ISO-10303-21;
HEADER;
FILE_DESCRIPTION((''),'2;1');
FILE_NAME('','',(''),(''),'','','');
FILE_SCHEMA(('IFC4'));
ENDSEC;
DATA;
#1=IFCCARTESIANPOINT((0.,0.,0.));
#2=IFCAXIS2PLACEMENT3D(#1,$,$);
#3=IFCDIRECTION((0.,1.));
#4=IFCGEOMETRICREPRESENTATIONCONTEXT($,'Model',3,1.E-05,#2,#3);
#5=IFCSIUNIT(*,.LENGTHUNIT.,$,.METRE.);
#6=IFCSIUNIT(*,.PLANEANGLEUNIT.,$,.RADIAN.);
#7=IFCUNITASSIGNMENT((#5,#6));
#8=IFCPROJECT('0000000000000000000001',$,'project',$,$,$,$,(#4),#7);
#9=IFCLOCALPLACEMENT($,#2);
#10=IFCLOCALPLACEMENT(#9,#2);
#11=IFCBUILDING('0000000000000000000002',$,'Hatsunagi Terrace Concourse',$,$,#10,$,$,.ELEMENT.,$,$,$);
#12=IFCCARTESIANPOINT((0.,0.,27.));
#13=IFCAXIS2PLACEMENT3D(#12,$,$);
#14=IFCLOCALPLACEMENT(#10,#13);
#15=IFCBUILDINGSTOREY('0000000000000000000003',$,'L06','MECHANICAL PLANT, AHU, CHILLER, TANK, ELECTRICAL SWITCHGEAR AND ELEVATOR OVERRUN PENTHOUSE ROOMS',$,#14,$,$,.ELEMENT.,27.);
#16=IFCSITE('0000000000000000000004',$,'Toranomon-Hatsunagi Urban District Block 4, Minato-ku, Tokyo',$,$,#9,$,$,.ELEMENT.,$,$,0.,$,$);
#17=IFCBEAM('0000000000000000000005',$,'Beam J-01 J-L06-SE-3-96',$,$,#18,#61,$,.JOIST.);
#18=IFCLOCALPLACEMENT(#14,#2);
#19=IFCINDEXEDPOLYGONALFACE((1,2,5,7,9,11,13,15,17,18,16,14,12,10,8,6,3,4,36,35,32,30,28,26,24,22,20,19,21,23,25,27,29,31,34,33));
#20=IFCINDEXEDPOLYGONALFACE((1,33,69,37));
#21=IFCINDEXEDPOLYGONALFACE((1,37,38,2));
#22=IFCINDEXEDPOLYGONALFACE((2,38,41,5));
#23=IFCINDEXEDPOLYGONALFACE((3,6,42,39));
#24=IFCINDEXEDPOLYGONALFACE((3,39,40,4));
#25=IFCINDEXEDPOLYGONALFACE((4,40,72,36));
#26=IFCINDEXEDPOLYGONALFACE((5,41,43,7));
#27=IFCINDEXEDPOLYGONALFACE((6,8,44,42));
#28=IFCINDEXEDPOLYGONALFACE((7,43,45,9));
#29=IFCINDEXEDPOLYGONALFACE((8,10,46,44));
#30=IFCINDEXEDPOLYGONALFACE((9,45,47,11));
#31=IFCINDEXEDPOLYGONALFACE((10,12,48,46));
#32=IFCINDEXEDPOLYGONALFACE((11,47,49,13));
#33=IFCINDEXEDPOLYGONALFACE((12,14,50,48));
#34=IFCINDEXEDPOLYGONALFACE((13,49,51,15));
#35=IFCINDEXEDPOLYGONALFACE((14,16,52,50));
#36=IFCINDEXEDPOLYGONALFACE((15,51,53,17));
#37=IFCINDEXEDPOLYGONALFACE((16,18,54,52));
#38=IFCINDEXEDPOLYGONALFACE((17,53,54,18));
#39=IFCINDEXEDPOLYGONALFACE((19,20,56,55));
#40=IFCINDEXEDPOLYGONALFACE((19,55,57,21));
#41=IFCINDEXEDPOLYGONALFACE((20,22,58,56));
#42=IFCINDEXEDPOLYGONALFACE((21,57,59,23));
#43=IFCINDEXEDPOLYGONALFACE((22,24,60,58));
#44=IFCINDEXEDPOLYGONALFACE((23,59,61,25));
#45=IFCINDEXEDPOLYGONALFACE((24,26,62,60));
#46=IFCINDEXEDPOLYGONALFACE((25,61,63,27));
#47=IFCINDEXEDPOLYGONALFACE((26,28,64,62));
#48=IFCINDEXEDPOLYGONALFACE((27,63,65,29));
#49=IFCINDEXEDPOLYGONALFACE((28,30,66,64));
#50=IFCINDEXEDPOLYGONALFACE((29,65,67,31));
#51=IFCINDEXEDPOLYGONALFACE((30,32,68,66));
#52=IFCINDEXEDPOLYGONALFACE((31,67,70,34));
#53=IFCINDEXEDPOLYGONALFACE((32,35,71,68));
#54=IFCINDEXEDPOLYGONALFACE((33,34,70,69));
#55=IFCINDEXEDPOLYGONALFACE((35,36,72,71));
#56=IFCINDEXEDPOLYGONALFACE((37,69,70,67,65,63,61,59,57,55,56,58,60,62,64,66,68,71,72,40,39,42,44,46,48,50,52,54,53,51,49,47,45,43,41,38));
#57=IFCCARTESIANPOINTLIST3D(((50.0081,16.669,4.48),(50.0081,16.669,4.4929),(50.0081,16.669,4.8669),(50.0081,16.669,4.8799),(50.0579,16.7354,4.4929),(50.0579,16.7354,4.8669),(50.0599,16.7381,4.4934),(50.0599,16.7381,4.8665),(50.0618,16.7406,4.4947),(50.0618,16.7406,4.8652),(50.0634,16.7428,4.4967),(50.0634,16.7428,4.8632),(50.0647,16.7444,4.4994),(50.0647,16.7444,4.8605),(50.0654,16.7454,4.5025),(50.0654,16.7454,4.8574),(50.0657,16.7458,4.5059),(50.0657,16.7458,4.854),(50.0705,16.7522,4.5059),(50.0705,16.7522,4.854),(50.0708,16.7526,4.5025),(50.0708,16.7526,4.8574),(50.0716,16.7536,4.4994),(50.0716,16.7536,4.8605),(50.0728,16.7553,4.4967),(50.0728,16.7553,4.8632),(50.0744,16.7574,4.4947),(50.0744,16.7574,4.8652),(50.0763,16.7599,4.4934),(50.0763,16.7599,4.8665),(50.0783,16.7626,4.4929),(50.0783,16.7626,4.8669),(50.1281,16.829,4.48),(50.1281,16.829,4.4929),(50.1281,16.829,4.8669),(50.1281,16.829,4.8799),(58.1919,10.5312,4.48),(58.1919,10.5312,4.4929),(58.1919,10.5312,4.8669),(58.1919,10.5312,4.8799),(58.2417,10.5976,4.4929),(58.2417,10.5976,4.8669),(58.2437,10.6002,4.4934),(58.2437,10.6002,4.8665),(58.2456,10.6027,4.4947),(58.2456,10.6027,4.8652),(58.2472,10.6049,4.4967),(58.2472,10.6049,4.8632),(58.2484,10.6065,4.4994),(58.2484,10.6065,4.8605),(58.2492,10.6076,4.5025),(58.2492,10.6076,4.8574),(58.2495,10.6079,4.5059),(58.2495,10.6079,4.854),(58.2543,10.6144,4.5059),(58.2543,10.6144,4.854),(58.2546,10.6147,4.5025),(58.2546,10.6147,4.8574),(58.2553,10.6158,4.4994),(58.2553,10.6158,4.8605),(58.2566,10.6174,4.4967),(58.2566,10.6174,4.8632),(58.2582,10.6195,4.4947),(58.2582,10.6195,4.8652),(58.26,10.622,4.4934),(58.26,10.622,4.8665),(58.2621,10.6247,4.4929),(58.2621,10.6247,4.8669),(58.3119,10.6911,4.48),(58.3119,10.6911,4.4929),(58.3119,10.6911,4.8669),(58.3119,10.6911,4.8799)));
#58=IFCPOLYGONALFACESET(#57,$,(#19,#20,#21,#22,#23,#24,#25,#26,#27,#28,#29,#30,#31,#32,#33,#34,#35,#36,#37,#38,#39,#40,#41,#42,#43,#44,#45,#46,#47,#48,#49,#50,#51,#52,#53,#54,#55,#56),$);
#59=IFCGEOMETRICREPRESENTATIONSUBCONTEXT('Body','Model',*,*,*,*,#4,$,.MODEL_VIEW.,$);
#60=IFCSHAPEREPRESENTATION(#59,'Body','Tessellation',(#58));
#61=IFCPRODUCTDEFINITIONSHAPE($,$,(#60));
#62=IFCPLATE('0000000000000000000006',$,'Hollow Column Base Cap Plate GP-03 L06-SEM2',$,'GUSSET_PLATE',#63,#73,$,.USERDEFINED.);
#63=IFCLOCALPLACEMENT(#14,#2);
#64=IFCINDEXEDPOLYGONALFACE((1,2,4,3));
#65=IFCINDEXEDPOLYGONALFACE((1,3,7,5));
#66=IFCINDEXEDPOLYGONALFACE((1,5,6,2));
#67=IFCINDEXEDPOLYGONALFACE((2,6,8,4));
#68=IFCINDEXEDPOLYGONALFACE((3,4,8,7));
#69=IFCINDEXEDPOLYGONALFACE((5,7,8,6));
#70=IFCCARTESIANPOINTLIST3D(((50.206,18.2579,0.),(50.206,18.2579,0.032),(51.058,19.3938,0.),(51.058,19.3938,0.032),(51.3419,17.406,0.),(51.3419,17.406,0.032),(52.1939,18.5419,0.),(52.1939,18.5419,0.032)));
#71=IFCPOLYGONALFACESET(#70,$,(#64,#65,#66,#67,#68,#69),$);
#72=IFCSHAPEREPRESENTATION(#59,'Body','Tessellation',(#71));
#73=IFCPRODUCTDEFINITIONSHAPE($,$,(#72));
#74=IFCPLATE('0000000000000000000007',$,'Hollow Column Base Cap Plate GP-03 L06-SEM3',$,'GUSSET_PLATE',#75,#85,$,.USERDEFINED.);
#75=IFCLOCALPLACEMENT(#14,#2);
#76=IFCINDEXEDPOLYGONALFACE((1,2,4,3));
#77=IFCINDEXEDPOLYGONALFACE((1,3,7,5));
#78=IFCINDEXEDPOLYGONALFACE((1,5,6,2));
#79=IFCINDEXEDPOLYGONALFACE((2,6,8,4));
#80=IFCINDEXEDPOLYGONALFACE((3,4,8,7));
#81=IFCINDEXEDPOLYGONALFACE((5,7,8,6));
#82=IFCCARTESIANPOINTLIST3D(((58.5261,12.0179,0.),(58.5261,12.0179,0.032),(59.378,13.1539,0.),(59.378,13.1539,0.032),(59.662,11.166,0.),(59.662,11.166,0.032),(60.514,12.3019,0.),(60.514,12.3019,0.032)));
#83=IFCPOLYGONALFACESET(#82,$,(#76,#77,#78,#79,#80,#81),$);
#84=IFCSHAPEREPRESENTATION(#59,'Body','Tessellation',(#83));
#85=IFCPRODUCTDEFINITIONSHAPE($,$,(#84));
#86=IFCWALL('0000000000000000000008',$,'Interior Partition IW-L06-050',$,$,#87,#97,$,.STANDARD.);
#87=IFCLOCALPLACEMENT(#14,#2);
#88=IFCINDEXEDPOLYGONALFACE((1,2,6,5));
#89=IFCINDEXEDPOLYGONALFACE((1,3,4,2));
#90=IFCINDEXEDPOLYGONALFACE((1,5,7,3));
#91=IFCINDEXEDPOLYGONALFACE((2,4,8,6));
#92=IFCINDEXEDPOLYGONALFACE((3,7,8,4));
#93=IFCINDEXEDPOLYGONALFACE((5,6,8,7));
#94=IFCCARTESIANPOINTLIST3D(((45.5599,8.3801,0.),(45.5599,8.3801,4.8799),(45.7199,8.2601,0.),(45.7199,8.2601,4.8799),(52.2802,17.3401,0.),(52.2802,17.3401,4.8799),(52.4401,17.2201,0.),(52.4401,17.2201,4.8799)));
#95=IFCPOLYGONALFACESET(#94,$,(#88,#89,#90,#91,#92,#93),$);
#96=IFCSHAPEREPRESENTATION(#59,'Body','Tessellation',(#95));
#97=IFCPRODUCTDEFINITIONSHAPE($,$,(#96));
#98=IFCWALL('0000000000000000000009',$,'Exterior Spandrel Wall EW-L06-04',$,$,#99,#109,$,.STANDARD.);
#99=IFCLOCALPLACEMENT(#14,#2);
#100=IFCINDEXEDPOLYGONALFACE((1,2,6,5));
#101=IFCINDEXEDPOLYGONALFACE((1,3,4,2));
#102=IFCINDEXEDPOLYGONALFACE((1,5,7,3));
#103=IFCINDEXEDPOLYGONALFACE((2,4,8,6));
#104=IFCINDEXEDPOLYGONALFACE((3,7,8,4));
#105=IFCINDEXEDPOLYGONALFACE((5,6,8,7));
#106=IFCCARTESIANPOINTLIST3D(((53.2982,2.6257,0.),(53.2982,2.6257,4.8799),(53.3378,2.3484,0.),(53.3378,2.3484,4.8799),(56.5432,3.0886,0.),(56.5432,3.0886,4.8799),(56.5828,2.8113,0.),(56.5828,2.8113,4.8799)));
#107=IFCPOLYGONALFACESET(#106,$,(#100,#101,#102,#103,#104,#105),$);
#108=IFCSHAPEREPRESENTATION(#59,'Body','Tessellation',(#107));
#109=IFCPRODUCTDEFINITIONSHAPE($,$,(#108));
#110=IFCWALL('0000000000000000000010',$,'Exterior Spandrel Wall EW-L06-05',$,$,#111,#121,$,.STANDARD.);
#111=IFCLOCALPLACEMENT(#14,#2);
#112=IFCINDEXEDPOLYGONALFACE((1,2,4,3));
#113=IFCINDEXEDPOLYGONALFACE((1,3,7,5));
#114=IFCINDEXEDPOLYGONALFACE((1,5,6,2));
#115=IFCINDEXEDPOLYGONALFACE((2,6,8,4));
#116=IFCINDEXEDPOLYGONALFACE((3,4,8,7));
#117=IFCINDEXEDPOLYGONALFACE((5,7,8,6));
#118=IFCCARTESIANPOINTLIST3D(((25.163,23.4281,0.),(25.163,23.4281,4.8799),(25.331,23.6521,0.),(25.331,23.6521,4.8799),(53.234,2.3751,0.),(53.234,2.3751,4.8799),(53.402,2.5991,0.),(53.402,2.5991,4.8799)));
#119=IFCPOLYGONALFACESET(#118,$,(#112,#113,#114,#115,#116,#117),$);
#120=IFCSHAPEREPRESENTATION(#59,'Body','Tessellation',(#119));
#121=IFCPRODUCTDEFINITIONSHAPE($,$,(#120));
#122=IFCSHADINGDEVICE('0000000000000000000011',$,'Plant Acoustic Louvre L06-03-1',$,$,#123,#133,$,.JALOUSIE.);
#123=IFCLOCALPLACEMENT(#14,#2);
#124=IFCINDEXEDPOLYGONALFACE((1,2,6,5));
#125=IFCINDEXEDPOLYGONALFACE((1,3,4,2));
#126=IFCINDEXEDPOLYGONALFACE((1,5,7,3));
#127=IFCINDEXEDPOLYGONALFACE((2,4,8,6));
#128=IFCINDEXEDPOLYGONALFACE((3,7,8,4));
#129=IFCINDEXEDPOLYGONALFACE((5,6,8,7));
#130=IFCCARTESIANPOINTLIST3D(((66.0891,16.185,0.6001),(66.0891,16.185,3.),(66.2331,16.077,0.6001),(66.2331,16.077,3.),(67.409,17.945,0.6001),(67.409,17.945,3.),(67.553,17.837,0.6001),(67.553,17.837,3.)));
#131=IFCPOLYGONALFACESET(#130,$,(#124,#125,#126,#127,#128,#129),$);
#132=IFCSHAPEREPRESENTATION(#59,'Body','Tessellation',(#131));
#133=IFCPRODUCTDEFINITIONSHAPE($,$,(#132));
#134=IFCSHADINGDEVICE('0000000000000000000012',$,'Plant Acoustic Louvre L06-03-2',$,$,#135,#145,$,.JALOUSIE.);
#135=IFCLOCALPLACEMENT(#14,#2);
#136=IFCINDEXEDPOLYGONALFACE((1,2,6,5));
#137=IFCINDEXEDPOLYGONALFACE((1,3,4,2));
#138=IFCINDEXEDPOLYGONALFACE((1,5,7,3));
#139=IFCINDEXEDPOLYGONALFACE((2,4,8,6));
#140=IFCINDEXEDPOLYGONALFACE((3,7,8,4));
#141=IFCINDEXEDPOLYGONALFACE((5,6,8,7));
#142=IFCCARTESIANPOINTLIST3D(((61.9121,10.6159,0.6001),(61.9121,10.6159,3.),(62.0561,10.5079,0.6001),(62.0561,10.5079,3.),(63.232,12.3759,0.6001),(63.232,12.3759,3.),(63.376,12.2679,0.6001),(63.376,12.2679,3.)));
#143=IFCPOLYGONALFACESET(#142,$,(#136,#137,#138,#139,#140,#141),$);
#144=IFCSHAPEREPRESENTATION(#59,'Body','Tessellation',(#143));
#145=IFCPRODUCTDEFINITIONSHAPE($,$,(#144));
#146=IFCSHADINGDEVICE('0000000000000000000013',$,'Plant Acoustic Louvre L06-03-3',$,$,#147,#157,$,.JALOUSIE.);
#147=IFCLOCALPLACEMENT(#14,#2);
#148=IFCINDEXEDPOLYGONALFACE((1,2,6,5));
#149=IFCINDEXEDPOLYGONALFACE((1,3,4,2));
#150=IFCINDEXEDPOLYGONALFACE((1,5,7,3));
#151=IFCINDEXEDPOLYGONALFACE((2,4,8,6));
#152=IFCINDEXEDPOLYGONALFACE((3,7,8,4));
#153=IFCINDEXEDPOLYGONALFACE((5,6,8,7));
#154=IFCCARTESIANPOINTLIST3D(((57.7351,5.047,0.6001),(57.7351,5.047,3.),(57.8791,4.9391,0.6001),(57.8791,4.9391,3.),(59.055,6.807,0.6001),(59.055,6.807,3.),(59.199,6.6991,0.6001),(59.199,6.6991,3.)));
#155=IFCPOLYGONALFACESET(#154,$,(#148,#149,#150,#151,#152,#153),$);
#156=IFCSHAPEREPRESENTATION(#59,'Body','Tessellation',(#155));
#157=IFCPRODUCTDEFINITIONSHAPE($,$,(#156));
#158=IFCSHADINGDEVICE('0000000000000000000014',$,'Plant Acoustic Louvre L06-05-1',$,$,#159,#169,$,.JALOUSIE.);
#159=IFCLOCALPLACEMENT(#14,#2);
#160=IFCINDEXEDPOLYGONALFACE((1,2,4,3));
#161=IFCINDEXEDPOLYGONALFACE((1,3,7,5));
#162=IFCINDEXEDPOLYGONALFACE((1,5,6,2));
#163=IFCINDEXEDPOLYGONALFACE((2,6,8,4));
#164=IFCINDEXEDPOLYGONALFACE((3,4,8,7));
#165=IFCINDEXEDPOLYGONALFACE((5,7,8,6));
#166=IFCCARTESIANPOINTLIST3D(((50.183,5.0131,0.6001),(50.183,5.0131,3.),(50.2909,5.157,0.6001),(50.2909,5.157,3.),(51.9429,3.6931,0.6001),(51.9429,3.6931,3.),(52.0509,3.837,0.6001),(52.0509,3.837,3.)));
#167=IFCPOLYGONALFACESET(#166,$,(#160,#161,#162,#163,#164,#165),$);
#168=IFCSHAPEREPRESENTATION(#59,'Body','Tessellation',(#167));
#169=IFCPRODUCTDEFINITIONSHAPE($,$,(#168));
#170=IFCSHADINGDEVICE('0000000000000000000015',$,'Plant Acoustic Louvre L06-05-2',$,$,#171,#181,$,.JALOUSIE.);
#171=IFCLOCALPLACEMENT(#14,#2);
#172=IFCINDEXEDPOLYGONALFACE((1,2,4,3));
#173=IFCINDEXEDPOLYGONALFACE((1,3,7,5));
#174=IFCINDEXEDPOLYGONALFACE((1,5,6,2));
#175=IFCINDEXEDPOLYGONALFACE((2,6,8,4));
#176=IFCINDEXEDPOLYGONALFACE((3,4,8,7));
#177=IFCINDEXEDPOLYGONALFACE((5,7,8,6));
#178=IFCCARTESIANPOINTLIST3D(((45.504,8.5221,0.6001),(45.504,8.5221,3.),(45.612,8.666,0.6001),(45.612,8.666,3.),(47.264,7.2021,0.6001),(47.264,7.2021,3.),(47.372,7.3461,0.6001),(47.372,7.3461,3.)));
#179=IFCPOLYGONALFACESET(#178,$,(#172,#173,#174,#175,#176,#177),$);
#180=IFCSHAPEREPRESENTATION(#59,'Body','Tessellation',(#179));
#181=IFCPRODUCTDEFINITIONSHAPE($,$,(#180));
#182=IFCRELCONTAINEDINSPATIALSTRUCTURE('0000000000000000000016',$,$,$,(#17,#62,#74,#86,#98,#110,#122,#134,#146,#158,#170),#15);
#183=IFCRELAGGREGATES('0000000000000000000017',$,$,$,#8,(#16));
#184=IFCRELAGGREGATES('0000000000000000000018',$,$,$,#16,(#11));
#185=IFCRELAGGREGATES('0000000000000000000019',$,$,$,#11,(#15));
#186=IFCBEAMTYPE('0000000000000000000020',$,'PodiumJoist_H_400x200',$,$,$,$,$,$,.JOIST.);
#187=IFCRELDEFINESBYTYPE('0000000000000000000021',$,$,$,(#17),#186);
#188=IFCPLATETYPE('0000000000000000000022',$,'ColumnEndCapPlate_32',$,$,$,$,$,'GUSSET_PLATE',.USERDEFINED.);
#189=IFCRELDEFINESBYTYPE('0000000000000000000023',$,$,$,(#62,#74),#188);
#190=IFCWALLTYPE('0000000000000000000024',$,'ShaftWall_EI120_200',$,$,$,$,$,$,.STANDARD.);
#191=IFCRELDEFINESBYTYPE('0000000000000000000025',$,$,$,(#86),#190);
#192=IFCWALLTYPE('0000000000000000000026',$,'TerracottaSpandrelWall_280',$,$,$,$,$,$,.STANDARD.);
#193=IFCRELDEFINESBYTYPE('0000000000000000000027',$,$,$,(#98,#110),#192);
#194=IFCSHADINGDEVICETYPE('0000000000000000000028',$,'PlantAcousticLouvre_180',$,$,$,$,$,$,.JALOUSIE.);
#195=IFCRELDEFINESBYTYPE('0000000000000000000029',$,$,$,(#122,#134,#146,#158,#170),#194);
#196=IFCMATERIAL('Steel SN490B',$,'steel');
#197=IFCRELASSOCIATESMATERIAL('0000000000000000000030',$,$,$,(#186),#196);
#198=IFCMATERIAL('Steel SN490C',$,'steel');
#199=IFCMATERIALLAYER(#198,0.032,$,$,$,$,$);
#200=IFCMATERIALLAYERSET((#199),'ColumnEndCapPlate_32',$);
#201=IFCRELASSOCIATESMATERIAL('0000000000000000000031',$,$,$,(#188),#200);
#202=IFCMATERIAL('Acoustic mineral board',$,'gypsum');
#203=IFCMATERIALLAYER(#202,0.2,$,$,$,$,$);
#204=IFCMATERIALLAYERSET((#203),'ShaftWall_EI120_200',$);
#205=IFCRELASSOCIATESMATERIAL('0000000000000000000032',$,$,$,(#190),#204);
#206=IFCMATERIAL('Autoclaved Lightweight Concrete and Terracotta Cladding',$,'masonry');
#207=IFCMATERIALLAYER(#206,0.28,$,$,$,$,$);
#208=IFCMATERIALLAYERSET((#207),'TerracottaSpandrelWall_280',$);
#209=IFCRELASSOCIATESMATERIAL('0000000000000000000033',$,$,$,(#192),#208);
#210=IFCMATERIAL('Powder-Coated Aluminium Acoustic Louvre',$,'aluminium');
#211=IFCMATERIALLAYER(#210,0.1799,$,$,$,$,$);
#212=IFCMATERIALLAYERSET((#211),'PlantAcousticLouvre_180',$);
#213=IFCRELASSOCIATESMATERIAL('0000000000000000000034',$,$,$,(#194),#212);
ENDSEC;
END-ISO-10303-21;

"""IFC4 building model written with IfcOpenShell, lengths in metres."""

from ifc_helpers import new_model, si_unit, direction, frame, frame_2d, origin, origin_2d, place, context, subcontext, project, spatial, rectangle, i_section, extrude, material, layer, layer_set, material_profile, profile_set, type_object, element, save


model = new_model("IFC4")

# Units and contexts
model_context = context("Model", 3, precision=1e-05, world=origin(), true_north=direction((0.0, 1.0)))
body_context = subcontext(model_context, "Body", "Model", "MODEL_VIEW")
ifc_project = project(units=[si_unit("LENGTHUNIT", "METRE"), si_unit("PLANEANGLEUNIT", "RADIAN")], contexts=[model_context])

# Site, building, storey
site_placement = place(None, origin())
site = spatial("IfcSite", under=ifc_project, at=site_placement, Name="Toranomon-Hatsunagi Urban District Block 4, Minato-ku, Tokyo", CompositionType="ELEMENT", RefElevation=0.0)
building_placement = place(site_placement, origin())
building = spatial("IfcBuilding", under=site, at=building_placement, Name="Hatsunagi Terrace Concourse", CompositionType="ELEMENT")
storey_placement = place(building_placement, frame((0.0, 0.0, 27.0)))
storey = spatial("IfcBuildingStorey", under=building, at=storey_placement, Name="L06", Description="MECHANICAL PLANT, AHU, CHILLER, TANK, ELECTRICAL SWITCHGEAR AND ELEVATOR OVERRUN PENTHOUSE ROOMS", CompositionType="ELEMENT", Elevation=27.0)

# Beam
ifc_material_1 = material(Name="Steel SN490B", Category="steel")
ifc_material_profile_1 = material_profile(ifc_material_1, i_section(OverallWidth=0.2, OverallDepth=0.3999, WebThickness=0.0081, FlangeThickness=0.0129, FilletRadius=0.0129, at=origin_2d()), Name="H-400x200x8x13")
ifc_profile_set_1 = profile_set([ifc_material_profile_1], Name="Steel SN490B")
beam_type_1 = type_object("IfcBeamType", Name="PodiumJoist_H_400x200", PredefinedType="JOIST", material=ifc_profile_set_1)
beam_1_placement = place(storey_placement, frame((50.0681, 16.749, 4.6799), z_axis=(0.799997, -0.600004, 0.0), x_axis=(0.600004, 0.799997, 0.0)))
element("IfcBeam", 1, at=beam_1_placement, inside=storey, type_object=beam_type_1, Name="Beam J-01 J-L06-SE-3-96", PredefinedType="JOIST", context=body_context, shape_type="SweptSolid", body=[
    extrude(i_section(OverallWidth=0.2, OverallDepth=0.3999, WebThickness=0.0081, FlangeThickness=0.0129, FilletRadius=0.0129, at=origin_2d()), origin(), (0.0, 0.0, 1.0), 10.2297),
])

# Plates
ifc_material_2 = material(Name="Steel SN490C", Category="steel")
ifc_layer_1 = layer(ifc_material_2, 0.032)
ifc_layer_set_1 = layer_set([ifc_layer_1], Name="ColumnEndCapPlate_32")
plate_type = type_object("IfcPlateType", Name="ColumnEndCapPlate_32", ElementType="GUSSET_PLATE", PredefinedType="USERDEFINED", material=ifc_layer_set_1)
for number, where, z_axis, x_axis, name in (
    (2, (51.2, 18.3999, 0.0), (0.0, 0.0, 1.0), (0.8, -0.6, 0.0), "Hollow Column Base Cap Plate GP-03 L06-SEM2"),
    (3, (59.52, 12.1599, 0.0), (0.0, 0.0, 1.0), (0.8, -0.6, 0.0), "Hollow Column Base Cap Plate GP-03 L06-SEM3"),
):
    element("IfcPlate", number, at=place(storey_placement, frame(where, z_axis=z_axis, x_axis=x_axis)), inside=storey, type_object=plate_type, Name=name, ObjectType="GUSSET_PLATE", PredefinedType="USERDEFINED", context=body_context, shape_type="SweptSolid", body=[
        extrude(rectangle(XDim=1.4199, YDim=1.4199, at=origin_2d()), origin(), (0.0, 0.0, 1.0), 0.032),
    ])

# Walls
ifc_material_3 = material(Name="Acoustic mineral board", Category="gypsum")
ifc_layer_2 = layer(ifc_material_3, 0.2)
ifc_layer_set_2 = layer_set([ifc_layer_2], Name="ShaftWall_EI120_200")
wall_type_1 = type_object("IfcWallType", Name="ShaftWall_EI120_200", PredefinedType="STANDARD", material=ifc_layer_set_2)
wall_1_placement = place(storey_placement, frame((45.6399, 8.3201, 0.0), z_axis=(0.0, 0.0, 1.0), x_axis=(0.600014, 0.79999, 0.0)))
element("IfcWall", 4, at=wall_1_placement, inside=storey, type_object=wall_type_1, Name="Interior Partition IW-L06-050", PredefinedType="STANDARD", context=body_context, shape_type="SweptSolid", body=[
    extrude(rectangle(XDim=11.2002, YDim=0.2, at=frame_2d((5.6001, 0.0))), origin(), (0.0, 0.0, 1.0), 4.8799),
])
ifc_material_4 = material(Name="Autoclaved Lightweight Concrete and Terracotta Cladding", Category="masonry")
ifc_layer_3 = layer(ifc_material_4, 0.28)
ifc_layer_set_3 = layer_set([ifc_layer_3], Name="TerracottaSpandrelWall_280")
wall_type_2 = type_object("IfcWallType", Name="TerracottaSpandrelWall_280", PredefinedType="STANDARD", material=ifc_layer_set_3)
wall_2_placement = place(storey_placement, frame((56.563, 2.95, 0.0), z_axis=(0.0, 0.0, 1.0), x_axis=(-0.989978, -0.141223, 0.0)))
element("IfcWall", 5, at=wall_2_placement, inside=storey, type_object=wall_type_2, Name="Exterior Spandrel Wall EW-L06-04", PredefinedType="STANDARD", context=body_context, shape_type="SweptSolid", body=[
    extrude(rectangle(XDim=3.2778, YDim=0.28, at=frame_2d((1.6389, 0.0))), origin(), (0.0, 0.0, 1.0), 4.8799),
])
wall_3_placement = place(storey_placement, frame((53.3181, 2.4871, 0.0), z_axis=(0.0, 0.0, 1.0), x_axis=(-0.800004, 0.599994, 0.0)))
element("IfcWall", 6, at=wall_3_placement, inside=storey, type_object=wall_type_2, Name="Exterior Spandrel Wall EW-L06-05", PredefinedType="STANDARD", context=body_context, shape_type="SweptSolid", body=[
    extrude(rectangle(XDim=35.0886, YDim=0.28, at=frame_2d((17.5444, 0.0))), origin(), (0.0, 0.0, 1.0), 4.8799),
])

# Shading devices
ifc_material_5 = material(Name="Powder-Coated Aluminium Acoustic Louvre", Category="aluminium")
ifc_layer_4 = layer(ifc_material_5, 0.1799)
ifc_layer_set_4 = layer_set([ifc_layer_4], Name="PlantAcousticLouvre_180")
shading_device_type = type_object("IfcShadingDeviceType", Name="PlantAcousticLouvre_180", PredefinedType="JALOUSIE", material=ifc_layer_set_4)
for number, where, z_axis, x_axis, name in (
    (7, (66.821, 17.011, 0.6001), (0.0, 0.0, 1.0), (-0.599969, -0.800023, 0.0), "Plant Acoustic Louvre L06-03-1"),
    (8, (62.644, 11.4419, 0.6001), (0.0, 0.0, 1.0), (-0.599969, -0.800023, 0.0), "Plant Acoustic Louvre L06-03-2"),
    (9, (58.467, 5.873, 0.6001), (0.0, 0.0, 1.0), (-0.599969, -0.800023, 0.0), "Plant Acoustic Louvre L06-03-3"),
    (10, (51.1169, 4.425, 0.6001), (0.0, 0.0, 1.0), (-0.800003, 0.599996, 0.0), "Plant Acoustic Louvre L06-05-1"),
    (11, (46.438, 7.9341, 0.6001), (0.0, 0.0, 1.0), (-0.800003, 0.599996, 0.0), "Plant Acoustic Louvre L06-05-2"),
):
    element("IfcShadingDevice", number, at=place(storey_placement, frame(where, z_axis=z_axis, x_axis=x_axis)), inside=storey, type_object=shading_device_type, Name=name, PredefinedType="JALOUSIE", context=body_context, shape_type="SweptSolid", body=[
        extrude(rectangle(XDim=2.2, YDim=0.1799, at=origin_2d()), origin(), (0.0, 0.0, 1.0), 2.3999),
    ])

save(model, "model.ifc")
